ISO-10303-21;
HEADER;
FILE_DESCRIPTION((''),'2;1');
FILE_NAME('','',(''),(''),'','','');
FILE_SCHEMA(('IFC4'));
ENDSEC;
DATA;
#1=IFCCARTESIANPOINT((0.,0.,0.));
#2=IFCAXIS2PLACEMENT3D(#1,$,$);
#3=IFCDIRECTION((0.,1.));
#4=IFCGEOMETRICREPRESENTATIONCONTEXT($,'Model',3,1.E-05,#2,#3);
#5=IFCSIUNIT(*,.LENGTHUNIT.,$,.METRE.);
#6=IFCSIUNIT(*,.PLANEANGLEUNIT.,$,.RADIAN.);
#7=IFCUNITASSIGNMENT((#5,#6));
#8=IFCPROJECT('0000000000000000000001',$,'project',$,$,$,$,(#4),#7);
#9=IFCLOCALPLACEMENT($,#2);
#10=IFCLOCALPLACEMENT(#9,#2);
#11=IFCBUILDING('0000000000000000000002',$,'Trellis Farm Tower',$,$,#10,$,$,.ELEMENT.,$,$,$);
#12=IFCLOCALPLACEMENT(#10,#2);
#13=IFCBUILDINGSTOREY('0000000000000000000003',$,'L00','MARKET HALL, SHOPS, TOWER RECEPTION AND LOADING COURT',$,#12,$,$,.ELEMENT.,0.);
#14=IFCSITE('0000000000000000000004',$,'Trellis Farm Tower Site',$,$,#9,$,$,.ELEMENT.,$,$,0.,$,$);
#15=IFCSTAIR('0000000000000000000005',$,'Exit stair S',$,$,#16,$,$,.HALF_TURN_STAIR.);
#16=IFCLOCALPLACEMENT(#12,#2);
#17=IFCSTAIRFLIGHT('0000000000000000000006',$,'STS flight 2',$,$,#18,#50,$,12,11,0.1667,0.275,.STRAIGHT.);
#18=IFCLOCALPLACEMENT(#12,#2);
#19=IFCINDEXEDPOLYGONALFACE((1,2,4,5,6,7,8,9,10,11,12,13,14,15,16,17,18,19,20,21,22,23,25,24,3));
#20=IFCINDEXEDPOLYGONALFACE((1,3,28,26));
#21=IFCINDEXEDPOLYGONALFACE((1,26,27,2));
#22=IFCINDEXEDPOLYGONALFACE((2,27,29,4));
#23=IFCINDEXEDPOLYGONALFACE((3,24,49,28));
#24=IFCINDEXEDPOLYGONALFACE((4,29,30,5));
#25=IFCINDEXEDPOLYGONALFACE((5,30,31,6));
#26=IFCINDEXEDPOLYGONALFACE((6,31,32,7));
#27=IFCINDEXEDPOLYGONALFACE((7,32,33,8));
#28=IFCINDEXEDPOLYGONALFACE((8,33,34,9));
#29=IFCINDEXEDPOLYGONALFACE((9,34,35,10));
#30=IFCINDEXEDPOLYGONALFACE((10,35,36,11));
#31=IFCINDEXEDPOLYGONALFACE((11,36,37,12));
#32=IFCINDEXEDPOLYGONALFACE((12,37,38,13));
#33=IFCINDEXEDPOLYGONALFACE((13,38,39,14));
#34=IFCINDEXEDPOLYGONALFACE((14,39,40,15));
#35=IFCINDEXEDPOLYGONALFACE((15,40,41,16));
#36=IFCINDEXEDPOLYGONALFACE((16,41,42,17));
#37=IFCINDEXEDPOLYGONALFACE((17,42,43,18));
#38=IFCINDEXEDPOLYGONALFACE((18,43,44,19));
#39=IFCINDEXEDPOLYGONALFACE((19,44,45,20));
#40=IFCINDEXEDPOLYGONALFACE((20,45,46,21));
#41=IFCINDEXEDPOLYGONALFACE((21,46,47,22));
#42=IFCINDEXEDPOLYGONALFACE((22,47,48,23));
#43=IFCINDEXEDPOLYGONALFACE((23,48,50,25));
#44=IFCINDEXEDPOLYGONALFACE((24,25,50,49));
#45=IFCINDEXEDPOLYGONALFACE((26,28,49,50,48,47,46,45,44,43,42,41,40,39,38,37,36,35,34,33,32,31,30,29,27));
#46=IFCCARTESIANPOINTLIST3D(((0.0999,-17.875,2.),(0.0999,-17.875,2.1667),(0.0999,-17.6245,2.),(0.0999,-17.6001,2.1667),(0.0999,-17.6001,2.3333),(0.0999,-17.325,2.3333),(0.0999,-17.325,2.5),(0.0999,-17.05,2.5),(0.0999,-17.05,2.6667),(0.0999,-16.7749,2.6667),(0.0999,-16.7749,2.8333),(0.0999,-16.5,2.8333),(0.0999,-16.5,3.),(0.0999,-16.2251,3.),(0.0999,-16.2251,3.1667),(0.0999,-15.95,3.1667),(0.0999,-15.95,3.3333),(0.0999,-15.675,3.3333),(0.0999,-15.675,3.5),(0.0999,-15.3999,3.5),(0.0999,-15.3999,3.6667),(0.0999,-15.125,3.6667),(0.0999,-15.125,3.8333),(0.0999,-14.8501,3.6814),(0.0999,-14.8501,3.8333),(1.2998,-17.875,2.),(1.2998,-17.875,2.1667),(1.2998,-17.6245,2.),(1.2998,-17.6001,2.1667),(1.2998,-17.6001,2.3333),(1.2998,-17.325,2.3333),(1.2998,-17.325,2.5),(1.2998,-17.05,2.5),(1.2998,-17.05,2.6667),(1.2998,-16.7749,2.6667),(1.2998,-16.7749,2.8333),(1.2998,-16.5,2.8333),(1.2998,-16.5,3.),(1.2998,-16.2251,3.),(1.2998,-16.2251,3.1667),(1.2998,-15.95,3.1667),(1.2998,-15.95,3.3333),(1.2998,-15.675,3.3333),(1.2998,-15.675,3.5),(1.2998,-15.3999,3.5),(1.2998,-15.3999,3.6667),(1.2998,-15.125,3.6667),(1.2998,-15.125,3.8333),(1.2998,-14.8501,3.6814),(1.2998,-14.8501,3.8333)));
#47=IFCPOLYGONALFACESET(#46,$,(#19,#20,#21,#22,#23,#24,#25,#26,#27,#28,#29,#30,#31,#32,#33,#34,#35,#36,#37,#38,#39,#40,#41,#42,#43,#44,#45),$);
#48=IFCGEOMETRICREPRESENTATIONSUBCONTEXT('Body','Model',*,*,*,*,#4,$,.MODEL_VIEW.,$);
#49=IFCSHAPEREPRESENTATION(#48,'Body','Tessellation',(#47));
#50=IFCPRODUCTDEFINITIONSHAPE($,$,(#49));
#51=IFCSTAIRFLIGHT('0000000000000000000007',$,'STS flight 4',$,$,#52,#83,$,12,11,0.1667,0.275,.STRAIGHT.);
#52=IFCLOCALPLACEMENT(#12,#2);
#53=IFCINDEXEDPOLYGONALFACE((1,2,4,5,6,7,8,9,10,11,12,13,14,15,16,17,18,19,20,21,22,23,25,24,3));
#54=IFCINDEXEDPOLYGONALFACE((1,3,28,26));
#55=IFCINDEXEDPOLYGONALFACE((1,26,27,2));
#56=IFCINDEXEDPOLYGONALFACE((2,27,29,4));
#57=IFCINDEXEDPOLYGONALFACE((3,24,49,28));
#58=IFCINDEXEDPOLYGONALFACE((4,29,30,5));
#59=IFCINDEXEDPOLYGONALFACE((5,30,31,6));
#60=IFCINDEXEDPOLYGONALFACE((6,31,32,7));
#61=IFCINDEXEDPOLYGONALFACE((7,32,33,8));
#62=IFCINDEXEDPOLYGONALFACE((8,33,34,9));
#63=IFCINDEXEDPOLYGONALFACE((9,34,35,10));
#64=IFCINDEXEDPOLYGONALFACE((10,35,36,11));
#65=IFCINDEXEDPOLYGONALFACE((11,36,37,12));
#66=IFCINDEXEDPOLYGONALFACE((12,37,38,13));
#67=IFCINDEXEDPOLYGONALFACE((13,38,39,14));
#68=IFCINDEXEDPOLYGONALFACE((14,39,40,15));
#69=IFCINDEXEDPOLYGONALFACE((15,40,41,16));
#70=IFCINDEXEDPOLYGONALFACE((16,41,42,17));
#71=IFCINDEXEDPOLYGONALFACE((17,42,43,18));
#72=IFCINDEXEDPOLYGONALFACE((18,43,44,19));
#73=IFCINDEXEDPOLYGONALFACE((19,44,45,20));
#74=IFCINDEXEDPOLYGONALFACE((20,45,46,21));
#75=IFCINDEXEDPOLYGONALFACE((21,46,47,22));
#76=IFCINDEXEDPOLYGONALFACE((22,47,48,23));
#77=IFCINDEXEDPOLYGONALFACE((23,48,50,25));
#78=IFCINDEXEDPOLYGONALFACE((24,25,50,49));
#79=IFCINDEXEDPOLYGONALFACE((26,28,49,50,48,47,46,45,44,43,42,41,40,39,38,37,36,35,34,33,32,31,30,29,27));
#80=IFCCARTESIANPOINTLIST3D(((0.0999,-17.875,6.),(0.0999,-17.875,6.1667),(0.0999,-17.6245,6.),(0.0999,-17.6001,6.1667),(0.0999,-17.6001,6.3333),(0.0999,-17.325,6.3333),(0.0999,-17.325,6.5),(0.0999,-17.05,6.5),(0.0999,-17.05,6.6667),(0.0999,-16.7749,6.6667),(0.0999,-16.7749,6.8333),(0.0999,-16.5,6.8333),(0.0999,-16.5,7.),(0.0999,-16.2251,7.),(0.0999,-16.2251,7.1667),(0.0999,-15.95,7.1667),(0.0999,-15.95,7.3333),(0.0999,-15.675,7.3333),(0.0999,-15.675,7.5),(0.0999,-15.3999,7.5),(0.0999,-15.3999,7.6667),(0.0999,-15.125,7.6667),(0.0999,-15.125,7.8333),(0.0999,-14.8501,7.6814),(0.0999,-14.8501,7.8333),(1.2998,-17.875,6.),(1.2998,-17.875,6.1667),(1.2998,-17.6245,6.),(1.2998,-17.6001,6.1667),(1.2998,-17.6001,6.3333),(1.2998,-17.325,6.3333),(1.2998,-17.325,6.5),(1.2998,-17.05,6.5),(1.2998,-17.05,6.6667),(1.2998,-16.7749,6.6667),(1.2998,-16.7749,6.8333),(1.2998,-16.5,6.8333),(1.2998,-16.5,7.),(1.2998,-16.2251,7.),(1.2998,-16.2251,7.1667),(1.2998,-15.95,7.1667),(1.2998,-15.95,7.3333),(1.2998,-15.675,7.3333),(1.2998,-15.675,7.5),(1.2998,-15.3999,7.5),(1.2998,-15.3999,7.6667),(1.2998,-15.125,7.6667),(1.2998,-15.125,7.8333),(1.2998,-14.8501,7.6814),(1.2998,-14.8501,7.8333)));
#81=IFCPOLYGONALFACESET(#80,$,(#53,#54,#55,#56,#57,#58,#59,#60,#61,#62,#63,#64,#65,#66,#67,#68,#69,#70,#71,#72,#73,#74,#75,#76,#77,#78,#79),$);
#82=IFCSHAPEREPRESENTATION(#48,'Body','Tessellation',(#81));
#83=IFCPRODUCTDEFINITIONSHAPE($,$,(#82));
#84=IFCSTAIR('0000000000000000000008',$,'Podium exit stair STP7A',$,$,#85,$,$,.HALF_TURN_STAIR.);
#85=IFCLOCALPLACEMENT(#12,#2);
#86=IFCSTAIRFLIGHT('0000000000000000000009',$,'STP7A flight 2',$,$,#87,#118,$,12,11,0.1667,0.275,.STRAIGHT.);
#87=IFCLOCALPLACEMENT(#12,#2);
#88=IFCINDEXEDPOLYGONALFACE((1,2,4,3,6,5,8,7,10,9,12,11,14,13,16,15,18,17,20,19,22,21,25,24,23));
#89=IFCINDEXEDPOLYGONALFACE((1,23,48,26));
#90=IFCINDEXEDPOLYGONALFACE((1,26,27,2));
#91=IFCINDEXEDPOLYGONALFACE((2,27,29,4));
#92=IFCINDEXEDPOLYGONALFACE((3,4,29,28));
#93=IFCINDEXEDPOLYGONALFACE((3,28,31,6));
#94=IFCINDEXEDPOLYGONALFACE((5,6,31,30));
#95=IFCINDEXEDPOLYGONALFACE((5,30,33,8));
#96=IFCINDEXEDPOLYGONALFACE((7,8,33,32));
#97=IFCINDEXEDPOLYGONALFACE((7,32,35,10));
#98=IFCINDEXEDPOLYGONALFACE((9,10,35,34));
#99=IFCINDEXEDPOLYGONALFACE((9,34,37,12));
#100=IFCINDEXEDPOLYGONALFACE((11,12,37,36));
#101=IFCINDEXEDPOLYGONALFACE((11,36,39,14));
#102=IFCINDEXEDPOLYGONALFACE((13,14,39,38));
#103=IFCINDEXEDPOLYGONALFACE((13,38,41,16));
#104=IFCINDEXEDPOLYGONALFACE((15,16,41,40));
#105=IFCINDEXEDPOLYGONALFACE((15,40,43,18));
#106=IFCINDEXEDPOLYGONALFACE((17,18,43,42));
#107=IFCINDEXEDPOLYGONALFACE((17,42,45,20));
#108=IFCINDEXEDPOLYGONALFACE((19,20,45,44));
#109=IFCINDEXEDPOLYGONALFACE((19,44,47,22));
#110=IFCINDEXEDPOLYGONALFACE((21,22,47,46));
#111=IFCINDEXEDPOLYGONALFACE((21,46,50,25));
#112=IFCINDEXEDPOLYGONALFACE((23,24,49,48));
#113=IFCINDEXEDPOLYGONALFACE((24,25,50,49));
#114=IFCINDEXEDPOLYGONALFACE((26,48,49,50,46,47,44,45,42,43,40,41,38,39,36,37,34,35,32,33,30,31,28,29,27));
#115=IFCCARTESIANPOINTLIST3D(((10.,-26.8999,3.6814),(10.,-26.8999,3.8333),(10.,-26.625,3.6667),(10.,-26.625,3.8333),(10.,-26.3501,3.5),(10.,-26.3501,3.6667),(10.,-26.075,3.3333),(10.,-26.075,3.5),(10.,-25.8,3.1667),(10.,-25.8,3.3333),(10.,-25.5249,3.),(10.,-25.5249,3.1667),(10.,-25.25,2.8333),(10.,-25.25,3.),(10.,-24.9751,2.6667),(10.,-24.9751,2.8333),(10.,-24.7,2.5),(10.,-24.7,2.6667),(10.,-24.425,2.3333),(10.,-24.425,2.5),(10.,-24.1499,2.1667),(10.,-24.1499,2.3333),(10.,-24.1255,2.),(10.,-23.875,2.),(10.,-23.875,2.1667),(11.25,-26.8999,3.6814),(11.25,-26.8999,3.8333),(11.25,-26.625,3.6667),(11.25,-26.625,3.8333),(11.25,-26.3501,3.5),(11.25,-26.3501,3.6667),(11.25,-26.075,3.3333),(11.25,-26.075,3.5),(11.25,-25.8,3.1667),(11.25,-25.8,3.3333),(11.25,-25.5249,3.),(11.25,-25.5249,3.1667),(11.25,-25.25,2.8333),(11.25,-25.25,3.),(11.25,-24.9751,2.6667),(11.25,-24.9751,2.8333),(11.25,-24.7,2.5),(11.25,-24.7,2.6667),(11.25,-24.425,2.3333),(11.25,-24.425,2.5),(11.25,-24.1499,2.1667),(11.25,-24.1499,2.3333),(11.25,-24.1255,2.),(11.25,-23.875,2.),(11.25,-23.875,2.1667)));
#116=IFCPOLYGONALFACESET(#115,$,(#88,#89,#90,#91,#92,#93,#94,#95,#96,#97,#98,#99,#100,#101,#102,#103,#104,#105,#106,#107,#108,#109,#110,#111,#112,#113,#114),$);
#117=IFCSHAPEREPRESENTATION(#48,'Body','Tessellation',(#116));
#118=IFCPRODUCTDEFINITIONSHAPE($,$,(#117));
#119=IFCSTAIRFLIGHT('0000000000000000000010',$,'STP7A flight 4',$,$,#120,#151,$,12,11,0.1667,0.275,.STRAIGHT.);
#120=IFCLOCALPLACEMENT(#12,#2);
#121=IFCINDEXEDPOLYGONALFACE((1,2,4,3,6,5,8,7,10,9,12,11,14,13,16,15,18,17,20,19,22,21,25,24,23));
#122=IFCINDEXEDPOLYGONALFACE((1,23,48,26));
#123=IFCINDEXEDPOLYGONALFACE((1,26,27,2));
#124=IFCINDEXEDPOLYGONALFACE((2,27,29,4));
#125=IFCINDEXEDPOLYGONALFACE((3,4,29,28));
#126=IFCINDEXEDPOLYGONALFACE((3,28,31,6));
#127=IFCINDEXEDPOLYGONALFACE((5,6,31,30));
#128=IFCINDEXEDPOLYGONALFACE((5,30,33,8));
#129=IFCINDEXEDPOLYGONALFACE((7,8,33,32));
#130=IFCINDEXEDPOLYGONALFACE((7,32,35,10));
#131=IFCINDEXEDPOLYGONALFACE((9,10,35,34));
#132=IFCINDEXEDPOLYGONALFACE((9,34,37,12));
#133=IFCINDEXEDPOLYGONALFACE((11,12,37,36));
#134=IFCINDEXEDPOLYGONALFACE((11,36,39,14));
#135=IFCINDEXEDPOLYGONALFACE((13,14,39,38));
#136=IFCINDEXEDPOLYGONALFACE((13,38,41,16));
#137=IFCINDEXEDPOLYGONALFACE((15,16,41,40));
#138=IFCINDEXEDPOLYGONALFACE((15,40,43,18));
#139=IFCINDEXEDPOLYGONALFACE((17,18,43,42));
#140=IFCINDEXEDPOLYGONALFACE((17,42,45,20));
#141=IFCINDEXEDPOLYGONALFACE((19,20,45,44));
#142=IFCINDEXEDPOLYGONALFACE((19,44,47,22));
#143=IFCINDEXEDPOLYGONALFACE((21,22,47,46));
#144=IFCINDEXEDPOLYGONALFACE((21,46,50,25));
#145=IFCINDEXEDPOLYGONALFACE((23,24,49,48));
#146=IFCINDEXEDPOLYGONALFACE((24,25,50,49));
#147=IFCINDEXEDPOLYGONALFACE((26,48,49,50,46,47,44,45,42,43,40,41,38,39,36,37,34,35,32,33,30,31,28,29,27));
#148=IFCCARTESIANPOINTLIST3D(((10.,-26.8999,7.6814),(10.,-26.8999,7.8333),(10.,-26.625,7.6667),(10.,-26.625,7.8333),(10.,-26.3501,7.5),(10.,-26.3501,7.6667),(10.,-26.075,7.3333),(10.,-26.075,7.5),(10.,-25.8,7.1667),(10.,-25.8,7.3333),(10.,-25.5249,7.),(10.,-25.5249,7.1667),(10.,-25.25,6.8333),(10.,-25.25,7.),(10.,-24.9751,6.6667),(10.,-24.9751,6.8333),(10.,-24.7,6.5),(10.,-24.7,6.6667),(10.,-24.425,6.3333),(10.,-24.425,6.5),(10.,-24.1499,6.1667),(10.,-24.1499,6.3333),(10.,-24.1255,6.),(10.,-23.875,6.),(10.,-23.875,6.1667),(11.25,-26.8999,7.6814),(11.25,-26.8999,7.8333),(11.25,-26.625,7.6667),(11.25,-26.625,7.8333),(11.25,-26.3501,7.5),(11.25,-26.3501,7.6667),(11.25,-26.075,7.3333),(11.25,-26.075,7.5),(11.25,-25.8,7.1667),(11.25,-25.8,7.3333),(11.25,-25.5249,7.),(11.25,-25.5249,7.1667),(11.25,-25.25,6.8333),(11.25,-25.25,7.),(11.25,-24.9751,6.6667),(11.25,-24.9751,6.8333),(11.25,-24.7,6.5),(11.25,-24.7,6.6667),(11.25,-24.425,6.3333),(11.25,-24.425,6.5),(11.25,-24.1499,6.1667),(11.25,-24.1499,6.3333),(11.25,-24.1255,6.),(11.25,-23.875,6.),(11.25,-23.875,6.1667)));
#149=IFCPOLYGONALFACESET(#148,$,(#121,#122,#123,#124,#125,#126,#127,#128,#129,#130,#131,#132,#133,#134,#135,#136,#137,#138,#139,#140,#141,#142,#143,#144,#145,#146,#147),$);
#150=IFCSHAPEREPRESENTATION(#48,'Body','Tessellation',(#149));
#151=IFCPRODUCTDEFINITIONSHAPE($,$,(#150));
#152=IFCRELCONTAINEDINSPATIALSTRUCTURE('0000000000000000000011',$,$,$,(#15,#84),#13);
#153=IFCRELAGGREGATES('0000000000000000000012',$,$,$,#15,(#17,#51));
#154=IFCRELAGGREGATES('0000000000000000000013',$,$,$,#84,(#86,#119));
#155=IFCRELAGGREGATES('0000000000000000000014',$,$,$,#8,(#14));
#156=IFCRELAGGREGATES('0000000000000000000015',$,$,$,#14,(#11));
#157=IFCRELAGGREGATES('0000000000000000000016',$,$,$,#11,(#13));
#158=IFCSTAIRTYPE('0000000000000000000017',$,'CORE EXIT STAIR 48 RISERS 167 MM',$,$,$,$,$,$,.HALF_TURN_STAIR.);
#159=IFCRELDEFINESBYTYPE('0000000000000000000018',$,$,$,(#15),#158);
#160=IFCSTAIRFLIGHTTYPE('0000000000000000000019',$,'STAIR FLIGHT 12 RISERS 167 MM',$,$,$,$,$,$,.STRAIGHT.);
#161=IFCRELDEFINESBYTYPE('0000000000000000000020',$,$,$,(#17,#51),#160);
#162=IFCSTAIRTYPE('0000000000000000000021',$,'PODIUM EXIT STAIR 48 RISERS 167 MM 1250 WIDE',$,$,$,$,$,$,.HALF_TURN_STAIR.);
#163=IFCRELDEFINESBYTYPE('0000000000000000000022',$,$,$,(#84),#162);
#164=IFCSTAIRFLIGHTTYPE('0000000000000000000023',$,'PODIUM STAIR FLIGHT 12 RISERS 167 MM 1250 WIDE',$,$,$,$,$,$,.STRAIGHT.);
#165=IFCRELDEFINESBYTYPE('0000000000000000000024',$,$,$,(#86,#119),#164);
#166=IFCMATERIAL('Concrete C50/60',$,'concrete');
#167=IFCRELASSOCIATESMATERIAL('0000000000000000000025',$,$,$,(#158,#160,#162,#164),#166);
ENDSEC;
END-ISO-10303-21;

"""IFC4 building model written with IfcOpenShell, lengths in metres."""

from ifc_helpers import new_model, si_unit, direction, frame, origin, place, context, subcontext, project, spatial, polyline, outline, extrude, source, transform, mapped, material, type_object, element, aggregate, save


model = new_model("IFC4")

# Units and contexts
model_context = context("Model", 3, precision=1e-05, world=origin(), true_north=direction((0.0, 1.0)))
body_context = subcontext(model_context, "Body", "Model", "MODEL_VIEW")
ifc_project = project(units=[si_unit("LENGTHUNIT", "METRE"), si_unit("PLANEANGLEUNIT", "RADIAN")], contexts=[model_context])

# Site, building, storey
site_placement = place(None, origin())
site = spatial("IfcSite", under=ifc_project, at=site_placement, Name="Trellis Farm Tower Site", CompositionType="ELEMENT", RefElevation=0.0)
building_placement = place(site_placement, origin())
building = spatial("IfcBuilding", under=site, at=building_placement, Name="Trellis Farm Tower", CompositionType="ELEMENT")
storey_placement = place(building_placement, origin())
storey = spatial("IfcBuildingStorey", under=building, at=storey_placement, Name="L00", Description="MARKET HALL, SHOPS, TOWER RECEPTION AND LOADING COURT", CompositionType="ELEMENT", Elevation=0.0)

# Stairs, stair flights
ifc_material_1 = material(Name="Concrete C50/60", Category="concrete")
stair_type_1 = type_object("IfcStairType", Name="CORE EXIT STAIR 48 RISERS 167 MM", PredefinedType="HALF_TURN_STAIR", material=ifc_material_1)
placement = place(storey_placement, origin())
stair_1 = element("IfcStair", 1, at=placement, inside=storey, type_object=stair_type_1, Name="Exit stair S", PredefinedType="HALF_TURN_STAIR")
stair_flight_type_1 = type_object("IfcStairFlightType", Name="STAIR FLIGHT 12 RISERS 167 MM", PredefinedType="STRAIGHT", material=ifc_material_1)
shared_shape_1 = source(origin(), body_context, "Body", "SweptSolid", [
    extrude(outline(polyline([(0.0, 0.0), (0.0, 0.1667), (0.2749, 0.1667), (0.2749, 0.3333), (0.55, 0.3333), (0.55, 0.5), (0.825, 0.5), (0.825, 0.6667), (1.1001, 0.6667), (1.1001, 0.8333), (1.375, 0.8333), (1.375, 1.0), (1.6499, 1.0), (1.6499, 1.1667), (1.925, 1.1667), (1.925, 1.3333), (2.2, 1.3333), (2.2, 1.5), (2.4751, 1.5), (2.4751, 1.6667), (2.75, 1.6667), (2.75, 1.8333), (3.0249, 1.8333), (3.0249, 2.0), (3.0249, 1.6814), (0.2505, 0.0), (0.0, 0.0)])), frame((0.0, 0.6001, 0.0), z_axis=(0.0, -1.0, 0.0), x_axis=(1.0, 0.0, 0.0)), (0.0, 0.0, 1.0), 1.2),
])
stair_flight_1_placement = place(storey_placement, frame((0.7, -17.875, 2.0), z_axis=(0.0, 0.0, 1.0), x_axis=(0.0, 1.0, 0.0)))
stair_flight_1 = element("IfcStairFlight", 2, at=stair_flight_1_placement, type_object=stair_flight_type_1, Name="STS flight 2", NumberOfRisers=12, NumberOfTreads=11, PredefinedType="STRAIGHT", RiserHeight=0.1667, TreadLength=0.275, context=body_context, shape_type="MappedRepresentation", body=[
    mapped(shared_shape_1, transform((0.0, 0.0, 0.0))),
])
stair_flight_2_placement = place(storey_placement, frame((0.7, -17.875, 6.0), z_axis=(0.0, 0.0, 1.0), x_axis=(0.0, 1.0, 0.0)))
stair_flight_2 = element("IfcStairFlight", 3, at=stair_flight_2_placement, type_object=stair_flight_type_1, Name="STS flight 4", NumberOfRisers=12, NumberOfTreads=11, PredefinedType="STRAIGHT", RiserHeight=0.1667, TreadLength=0.275, context=body_context, shape_type="MappedRepresentation", body=[
    mapped(shared_shape_1, transform((0.0, 0.0, 0.0))),
])
aggregate(stair_1, [stair_flight_1, stair_flight_2])
stair_type_2 = type_object("IfcStairType", Name="PODIUM EXIT STAIR 48 RISERS 167 MM 1250 WIDE", PredefinedType="HALF_TURN_STAIR", material=ifc_material_1)
stair_2 = element("IfcStair", 4, at=placement, inside=storey, type_object=stair_type_2, Name="Podium exit stair STP7A", PredefinedType="HALF_TURN_STAIR")
stair_flight_type_2 = type_object("IfcStairFlightType", Name="PODIUM STAIR FLIGHT 12 RISERS 167 MM 1250 WIDE", PredefinedType="STRAIGHT", material=ifc_material_1)
shared_shape_2 = source(origin(), body_context, "Body", "SweptSolid", [
    extrude(outline(polyline([(0.0, 0.0), (0.0, 0.1667), (0.2749, 0.1667), (0.2749, 0.3333), (0.55, 0.3333), (0.55, 0.5), (0.825, 0.5), (0.825, 0.6667), (1.1001, 0.6667), (1.1001, 0.8333), (1.375, 0.8333), (1.375, 1.0), (1.6499, 1.0), (1.6499, 1.1667), (1.925, 1.1667), (1.925, 1.3333), (2.2, 1.3333), (2.2, 1.5), (2.4751, 1.5), (2.4751, 1.6667), (2.75, 1.6667), (2.75, 1.8333), (3.0249, 1.8333), (3.0249, 2.0), (3.0249, 1.6814), (0.2505, 0.0), (0.0, 0.0)])), frame((0.0, 0.625, 0.0), z_axis=(0.0, -1.0, 0.0), x_axis=(1.0, 0.0, 0.0)), (0.0, 0.0, 1.0), 1.25),
])
stair_flight_3_placement = place(storey_placement, frame((10.625, -23.875, 2.0), z_axis=(0.0, 0.0, 1.0), x_axis=(0.0, -1.0, 0.0)))
stair_flight_3 = element("IfcStairFlight", 5, at=stair_flight_3_placement, type_object=stair_flight_type_2, Name="STP7A flight 2", NumberOfRisers=12, NumberOfTreads=11, PredefinedType="STRAIGHT", RiserHeight=0.1667, TreadLength=0.275, context=body_context, shape_type="MappedRepresentation", body=[
    mapped(shared_shape_2, transform((0.0, 0.0, 0.0))),
])
stair_flight_4_placement = place(storey_placement, frame((10.625, -23.875, 6.0), z_axis=(0.0, 0.0, 1.0), x_axis=(0.0, -1.0, 0.0)))
stair_flight_4 = element("IfcStairFlight", 6, at=stair_flight_4_placement, type_object=stair_flight_type_2, Name="STP7A flight 4", NumberOfRisers=12, NumberOfTreads=11, PredefinedType="STRAIGHT", RiserHeight=0.1667, TreadLength=0.275, context=body_context, shape_type="MappedRepresentation", body=[
    mapped(shared_shape_2, transform((0.0, 0.0, 0.0))),
])
aggregate(stair_2, [stair_flight_3, stair_flight_4])

save(model, "model.ifc")
